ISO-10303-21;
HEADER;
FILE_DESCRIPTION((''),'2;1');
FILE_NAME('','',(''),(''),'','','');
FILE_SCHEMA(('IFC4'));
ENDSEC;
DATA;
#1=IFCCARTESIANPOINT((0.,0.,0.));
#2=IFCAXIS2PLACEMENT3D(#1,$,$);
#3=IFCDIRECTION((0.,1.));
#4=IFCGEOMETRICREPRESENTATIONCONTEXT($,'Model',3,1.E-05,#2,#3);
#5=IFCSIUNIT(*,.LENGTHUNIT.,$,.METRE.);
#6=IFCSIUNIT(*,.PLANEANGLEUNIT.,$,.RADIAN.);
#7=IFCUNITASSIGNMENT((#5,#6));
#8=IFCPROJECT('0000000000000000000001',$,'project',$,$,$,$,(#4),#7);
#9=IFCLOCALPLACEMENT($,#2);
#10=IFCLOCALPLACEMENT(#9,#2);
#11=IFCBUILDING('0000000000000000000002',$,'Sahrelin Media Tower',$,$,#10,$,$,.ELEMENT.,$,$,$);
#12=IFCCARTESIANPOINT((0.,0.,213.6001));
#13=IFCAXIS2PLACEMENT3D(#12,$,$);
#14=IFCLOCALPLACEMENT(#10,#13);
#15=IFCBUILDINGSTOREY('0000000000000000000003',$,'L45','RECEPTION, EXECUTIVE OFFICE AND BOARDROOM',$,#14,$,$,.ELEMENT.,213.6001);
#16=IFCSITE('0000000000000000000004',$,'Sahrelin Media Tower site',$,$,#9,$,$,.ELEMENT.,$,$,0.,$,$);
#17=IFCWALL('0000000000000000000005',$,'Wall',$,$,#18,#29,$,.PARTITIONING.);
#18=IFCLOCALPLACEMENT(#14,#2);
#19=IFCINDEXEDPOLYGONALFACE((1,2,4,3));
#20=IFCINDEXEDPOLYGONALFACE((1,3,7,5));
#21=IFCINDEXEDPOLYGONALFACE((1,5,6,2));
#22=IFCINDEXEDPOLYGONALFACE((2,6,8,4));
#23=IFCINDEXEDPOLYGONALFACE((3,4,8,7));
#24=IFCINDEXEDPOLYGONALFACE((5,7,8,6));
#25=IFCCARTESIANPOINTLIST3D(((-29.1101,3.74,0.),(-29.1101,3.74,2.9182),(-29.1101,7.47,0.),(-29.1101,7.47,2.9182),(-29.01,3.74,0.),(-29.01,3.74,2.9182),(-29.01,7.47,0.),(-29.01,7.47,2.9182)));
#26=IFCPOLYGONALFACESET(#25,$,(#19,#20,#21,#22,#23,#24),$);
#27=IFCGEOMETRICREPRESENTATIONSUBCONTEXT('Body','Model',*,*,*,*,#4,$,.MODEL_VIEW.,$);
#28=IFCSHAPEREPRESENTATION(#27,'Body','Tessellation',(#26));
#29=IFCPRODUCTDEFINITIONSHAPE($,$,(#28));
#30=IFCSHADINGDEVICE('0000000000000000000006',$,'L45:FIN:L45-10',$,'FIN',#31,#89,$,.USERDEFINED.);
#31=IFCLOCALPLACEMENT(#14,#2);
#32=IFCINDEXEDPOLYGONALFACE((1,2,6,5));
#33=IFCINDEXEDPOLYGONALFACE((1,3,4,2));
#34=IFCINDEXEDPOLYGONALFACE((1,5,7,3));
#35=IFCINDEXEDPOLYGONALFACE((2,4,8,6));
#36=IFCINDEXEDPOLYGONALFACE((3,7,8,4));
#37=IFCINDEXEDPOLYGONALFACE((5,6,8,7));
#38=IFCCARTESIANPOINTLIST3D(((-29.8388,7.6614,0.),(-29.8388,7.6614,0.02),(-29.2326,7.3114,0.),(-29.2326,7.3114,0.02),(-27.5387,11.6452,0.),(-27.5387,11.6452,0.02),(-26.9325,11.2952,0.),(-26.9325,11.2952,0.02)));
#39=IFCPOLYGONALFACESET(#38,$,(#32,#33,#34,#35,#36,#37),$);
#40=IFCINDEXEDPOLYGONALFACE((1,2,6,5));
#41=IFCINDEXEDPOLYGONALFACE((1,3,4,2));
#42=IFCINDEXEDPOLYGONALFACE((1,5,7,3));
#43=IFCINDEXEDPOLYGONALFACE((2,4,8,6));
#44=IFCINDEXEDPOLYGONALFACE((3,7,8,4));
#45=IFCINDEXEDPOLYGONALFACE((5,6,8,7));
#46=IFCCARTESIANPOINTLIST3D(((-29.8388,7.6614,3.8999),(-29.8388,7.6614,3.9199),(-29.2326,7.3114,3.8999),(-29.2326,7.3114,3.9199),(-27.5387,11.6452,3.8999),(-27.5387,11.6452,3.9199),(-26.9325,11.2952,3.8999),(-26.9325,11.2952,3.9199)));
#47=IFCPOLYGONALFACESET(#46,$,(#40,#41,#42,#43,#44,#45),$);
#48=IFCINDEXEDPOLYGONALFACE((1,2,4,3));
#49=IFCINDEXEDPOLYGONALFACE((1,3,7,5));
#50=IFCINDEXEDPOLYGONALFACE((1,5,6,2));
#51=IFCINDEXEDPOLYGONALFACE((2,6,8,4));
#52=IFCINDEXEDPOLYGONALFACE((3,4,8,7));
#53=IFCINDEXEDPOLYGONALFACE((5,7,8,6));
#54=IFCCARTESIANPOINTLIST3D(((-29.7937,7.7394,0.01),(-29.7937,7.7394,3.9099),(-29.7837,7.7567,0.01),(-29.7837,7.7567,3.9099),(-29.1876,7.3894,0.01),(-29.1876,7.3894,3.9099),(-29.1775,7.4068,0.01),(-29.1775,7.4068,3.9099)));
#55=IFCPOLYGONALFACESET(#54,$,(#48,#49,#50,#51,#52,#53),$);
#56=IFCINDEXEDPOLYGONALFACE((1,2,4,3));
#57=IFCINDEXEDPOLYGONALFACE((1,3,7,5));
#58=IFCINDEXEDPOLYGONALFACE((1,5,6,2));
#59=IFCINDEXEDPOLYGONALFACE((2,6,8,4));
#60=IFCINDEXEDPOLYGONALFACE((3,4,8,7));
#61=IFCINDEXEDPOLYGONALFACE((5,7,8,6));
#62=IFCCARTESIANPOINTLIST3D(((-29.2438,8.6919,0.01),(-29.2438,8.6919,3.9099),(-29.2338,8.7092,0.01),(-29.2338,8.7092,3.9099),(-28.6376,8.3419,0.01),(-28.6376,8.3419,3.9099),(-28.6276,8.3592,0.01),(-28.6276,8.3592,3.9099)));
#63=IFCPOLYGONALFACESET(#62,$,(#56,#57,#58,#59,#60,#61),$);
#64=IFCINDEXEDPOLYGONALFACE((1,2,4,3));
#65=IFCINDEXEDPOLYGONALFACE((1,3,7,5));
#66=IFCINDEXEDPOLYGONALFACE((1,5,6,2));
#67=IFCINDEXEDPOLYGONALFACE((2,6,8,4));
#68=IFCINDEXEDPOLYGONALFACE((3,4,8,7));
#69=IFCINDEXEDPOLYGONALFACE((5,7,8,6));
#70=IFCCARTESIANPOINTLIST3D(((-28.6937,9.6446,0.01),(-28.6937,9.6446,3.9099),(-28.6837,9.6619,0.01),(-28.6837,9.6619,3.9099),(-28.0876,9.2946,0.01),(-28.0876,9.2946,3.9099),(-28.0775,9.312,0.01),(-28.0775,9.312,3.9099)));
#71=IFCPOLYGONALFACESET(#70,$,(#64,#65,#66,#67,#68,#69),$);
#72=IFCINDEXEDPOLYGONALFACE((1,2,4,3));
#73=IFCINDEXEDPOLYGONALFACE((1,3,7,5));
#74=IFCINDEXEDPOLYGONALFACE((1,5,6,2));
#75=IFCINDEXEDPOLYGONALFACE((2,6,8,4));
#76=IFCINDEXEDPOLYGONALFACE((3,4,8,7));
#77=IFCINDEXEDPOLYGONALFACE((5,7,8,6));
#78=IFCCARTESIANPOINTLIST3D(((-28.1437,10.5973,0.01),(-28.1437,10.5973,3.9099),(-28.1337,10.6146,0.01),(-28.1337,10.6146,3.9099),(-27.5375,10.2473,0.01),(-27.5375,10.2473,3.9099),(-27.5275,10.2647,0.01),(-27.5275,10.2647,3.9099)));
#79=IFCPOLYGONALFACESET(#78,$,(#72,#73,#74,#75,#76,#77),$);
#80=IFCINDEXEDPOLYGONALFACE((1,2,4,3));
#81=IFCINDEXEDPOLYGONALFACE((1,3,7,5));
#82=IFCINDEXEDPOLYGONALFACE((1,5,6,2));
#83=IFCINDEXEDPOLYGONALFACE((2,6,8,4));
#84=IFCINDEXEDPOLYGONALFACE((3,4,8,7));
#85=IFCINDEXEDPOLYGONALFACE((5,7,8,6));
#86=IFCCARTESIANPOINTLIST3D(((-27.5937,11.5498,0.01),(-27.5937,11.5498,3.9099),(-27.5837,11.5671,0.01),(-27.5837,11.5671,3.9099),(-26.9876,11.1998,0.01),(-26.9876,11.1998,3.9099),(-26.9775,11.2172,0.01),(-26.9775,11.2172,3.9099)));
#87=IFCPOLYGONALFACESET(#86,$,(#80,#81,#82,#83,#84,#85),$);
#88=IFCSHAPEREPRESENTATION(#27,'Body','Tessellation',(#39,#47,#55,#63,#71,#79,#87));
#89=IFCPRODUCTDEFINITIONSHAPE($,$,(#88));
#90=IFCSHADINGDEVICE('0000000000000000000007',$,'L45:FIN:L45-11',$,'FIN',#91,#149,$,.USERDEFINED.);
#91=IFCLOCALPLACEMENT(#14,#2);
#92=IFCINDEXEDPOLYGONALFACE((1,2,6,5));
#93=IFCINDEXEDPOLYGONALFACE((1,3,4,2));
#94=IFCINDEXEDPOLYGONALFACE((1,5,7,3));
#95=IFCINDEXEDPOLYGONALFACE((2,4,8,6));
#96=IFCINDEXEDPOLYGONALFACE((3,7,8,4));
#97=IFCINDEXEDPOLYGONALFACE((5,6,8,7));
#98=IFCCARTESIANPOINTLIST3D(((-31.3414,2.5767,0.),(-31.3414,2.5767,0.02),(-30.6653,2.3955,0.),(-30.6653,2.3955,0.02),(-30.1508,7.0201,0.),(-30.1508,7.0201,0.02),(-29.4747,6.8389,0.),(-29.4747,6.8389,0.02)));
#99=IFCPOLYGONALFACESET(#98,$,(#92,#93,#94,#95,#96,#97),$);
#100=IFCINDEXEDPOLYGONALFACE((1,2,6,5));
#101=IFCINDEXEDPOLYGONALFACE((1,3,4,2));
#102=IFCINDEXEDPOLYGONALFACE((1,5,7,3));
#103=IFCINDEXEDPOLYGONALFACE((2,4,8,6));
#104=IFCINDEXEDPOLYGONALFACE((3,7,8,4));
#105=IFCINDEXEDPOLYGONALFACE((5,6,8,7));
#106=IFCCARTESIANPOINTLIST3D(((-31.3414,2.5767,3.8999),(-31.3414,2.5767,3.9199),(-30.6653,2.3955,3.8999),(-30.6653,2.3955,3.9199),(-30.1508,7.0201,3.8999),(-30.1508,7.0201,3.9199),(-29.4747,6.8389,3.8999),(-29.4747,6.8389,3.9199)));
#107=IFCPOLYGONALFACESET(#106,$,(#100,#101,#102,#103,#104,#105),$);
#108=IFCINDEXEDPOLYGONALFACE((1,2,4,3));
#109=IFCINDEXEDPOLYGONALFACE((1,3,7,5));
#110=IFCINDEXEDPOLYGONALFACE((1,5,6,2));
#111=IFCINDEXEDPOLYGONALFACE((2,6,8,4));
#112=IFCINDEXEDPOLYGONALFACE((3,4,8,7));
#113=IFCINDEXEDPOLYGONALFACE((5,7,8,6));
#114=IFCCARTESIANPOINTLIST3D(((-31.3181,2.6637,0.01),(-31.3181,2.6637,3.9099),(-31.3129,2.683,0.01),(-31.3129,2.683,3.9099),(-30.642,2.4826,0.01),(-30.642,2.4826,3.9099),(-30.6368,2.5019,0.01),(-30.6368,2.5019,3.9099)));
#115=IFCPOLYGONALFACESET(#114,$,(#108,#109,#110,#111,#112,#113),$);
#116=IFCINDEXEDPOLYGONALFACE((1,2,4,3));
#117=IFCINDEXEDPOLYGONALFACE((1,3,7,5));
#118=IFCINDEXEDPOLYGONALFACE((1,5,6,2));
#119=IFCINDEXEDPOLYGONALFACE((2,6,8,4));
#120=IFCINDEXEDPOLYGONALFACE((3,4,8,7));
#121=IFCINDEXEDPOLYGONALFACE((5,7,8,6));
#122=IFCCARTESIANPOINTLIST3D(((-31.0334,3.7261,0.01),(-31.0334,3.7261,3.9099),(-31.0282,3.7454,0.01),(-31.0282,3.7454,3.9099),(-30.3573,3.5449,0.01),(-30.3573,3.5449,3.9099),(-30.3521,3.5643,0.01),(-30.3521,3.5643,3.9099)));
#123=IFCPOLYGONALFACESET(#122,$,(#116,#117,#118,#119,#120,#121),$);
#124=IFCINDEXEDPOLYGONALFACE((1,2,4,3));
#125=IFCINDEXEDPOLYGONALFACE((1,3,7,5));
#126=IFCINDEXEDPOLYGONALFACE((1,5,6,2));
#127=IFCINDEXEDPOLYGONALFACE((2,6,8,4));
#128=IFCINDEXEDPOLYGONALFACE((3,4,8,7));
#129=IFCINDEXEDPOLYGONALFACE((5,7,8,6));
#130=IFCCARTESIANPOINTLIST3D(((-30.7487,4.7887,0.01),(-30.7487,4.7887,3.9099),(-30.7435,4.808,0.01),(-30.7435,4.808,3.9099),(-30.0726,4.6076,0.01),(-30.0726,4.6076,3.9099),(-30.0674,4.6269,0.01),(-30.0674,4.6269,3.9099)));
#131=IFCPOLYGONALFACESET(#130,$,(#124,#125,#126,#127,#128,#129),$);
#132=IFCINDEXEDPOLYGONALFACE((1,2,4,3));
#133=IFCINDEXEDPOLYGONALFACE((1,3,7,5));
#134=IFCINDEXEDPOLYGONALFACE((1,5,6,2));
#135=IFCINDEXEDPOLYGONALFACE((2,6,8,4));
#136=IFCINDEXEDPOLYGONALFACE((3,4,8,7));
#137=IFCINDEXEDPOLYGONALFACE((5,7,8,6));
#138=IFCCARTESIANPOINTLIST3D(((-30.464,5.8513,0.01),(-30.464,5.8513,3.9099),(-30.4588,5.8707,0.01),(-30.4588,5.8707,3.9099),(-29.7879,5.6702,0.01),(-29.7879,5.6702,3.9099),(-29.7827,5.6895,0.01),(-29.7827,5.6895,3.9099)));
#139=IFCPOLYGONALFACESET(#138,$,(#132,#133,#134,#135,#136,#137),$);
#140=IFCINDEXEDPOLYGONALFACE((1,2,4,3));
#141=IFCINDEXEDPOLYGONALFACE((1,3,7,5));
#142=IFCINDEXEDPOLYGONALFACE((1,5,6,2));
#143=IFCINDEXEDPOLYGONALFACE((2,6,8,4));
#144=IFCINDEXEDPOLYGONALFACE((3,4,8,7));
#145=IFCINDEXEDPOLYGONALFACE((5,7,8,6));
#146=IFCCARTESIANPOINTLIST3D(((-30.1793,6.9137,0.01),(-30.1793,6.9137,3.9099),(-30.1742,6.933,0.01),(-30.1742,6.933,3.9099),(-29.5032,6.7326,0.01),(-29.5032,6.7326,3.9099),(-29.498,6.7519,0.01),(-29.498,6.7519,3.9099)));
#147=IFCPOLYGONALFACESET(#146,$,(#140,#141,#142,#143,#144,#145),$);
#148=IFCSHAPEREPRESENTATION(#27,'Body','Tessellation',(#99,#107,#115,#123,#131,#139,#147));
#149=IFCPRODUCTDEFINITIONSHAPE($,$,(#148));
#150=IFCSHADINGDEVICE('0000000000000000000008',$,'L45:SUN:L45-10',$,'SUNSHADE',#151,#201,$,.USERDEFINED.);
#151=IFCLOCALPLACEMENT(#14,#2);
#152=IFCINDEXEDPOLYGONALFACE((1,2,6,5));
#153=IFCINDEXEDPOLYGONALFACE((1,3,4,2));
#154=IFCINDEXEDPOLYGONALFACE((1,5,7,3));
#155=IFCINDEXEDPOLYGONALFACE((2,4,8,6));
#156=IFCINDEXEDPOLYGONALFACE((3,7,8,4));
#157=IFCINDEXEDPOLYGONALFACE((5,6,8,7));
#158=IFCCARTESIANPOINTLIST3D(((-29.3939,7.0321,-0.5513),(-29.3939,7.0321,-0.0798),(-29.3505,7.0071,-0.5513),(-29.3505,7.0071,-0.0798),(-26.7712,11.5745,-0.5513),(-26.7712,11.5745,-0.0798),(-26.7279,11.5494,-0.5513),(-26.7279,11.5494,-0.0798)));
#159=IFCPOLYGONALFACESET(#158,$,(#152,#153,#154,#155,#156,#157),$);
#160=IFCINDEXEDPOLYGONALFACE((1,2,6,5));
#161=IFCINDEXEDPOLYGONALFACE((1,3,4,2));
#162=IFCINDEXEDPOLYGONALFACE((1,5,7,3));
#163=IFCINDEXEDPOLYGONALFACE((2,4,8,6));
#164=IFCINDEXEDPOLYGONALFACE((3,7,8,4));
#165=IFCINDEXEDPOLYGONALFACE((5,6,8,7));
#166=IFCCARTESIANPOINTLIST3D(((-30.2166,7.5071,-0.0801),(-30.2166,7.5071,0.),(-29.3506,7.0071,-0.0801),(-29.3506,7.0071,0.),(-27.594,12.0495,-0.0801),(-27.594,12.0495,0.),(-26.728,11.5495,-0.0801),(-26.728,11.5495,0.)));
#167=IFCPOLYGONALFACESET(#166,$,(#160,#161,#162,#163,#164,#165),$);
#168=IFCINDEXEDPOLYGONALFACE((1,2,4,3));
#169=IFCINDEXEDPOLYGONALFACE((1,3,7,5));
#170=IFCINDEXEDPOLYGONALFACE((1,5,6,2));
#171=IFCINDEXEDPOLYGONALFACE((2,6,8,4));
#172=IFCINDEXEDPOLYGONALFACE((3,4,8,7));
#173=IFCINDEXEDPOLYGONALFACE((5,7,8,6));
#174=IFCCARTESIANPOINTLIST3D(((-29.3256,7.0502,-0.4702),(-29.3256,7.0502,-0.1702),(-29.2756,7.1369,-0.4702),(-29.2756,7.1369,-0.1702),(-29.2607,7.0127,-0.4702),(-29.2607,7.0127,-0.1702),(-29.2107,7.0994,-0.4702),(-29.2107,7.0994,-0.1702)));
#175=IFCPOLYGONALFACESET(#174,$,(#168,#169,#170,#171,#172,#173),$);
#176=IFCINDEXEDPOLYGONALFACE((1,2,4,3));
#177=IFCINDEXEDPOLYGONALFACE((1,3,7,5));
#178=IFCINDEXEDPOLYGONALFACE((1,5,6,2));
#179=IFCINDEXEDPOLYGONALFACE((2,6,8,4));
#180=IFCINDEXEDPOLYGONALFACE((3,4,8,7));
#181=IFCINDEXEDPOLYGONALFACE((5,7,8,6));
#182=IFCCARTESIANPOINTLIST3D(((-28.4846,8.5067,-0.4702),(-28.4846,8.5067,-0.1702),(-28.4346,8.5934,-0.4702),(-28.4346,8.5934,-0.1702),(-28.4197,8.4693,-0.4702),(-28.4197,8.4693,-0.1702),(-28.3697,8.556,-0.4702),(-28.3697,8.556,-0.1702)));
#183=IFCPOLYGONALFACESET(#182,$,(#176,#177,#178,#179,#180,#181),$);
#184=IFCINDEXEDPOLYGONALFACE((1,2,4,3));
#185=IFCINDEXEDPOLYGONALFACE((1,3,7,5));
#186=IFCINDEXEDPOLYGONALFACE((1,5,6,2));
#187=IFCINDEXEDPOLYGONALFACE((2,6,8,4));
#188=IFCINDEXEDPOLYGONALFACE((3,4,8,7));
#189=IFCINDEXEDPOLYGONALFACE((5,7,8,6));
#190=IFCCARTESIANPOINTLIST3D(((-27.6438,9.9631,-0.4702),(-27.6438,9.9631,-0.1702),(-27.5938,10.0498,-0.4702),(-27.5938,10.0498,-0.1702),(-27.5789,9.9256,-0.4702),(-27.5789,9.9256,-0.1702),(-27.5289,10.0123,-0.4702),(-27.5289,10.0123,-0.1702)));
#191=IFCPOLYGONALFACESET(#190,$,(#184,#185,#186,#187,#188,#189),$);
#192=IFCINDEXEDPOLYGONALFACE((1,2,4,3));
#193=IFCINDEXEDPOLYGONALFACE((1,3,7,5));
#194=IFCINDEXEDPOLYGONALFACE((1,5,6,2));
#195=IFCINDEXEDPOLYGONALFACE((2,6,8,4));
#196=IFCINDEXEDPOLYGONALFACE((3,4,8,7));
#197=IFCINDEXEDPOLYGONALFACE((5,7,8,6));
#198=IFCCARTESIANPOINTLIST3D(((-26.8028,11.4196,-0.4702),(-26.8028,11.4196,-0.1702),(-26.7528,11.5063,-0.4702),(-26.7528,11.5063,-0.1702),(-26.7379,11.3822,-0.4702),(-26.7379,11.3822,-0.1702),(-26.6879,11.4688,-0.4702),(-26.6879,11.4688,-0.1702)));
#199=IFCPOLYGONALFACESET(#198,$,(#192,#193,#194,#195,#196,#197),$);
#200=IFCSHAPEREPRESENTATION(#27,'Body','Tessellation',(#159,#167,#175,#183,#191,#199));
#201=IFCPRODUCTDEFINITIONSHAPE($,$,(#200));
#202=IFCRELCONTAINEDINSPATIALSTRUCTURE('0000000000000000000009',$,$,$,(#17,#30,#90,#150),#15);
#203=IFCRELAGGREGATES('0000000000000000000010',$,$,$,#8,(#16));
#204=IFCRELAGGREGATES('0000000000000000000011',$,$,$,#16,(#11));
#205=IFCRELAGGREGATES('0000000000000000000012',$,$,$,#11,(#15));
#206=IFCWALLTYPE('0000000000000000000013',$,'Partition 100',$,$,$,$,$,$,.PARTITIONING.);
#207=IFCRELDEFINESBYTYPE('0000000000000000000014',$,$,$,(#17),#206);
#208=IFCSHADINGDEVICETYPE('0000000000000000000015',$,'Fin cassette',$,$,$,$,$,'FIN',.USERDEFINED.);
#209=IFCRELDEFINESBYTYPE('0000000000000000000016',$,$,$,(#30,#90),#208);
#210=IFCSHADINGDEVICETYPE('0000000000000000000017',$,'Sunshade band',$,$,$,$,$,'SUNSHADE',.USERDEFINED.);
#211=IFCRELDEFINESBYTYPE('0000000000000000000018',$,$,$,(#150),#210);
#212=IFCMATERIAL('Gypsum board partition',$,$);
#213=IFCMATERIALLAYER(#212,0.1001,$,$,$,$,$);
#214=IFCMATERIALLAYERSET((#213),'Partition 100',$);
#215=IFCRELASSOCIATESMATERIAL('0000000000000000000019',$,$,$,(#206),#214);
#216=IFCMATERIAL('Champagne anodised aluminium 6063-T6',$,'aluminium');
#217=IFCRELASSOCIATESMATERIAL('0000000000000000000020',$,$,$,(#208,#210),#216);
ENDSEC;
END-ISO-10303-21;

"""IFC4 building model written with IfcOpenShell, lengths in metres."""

from ifc_helpers import new_model, si_unit, direction, frame, frame_2d, origin, origin_2d, place, context, subcontext, project, spatial, rectangle, extrude, material, layer, layer_set, type_object, element, save


model = new_model("IFC4")

# Units and contexts
model_context = context("Model", 3, precision=1e-05, world=origin(), true_north=direction((0.0, 1.0)))
body_context = subcontext(model_context, "Body", "Model", "MODEL_VIEW")
ifc_project = project(units=[si_unit("LENGTHUNIT", "METRE"), si_unit("PLANEANGLEUNIT", "RADIAN")], contexts=[model_context])

# Site, building, storey
site_placement = place(None, origin())
site = spatial("IfcSite", under=ifc_project, at=site_placement, Name="Sahrelin Media Tower site", CompositionType="ELEMENT", RefElevation=0.0)
building_placement = place(site_placement, origin())
building = spatial("IfcBuilding", under=site, at=building_placement, Name="Sahrelin Media Tower", CompositionType="ELEMENT")
storey_placement = place(building_placement, frame((0.0, 0.0, 213.6001)))
storey = spatial("IfcBuildingStorey", under=building, at=storey_placement, Name="L45", Description="RECEPTION, EXECUTIVE OFFICE AND BOARDROOM", CompositionType="ELEMENT", Elevation=213.6001)

# Shared definitions
ifc_material_1 = material(Name="Champagne anodised aluminium 6063-T6", Category="aluminium")

# Wall
ifc_material_2 = material(Name="Gypsum board partition")
ifc_layer_1 = layer(ifc_material_2, 0.1001)
ifc_layer_set_1 = layer_set([ifc_layer_1], Name="Partition 100")
wall_type_1 = type_object("IfcWallType", Name="Partition 100", PredefinedType="PARTITIONING", material=ifc_layer_set_1)
wall_1_placement = place(storey_placement, frame((-29.0601, 3.74, 0.0), z_axis=(0.0, 0.0, 1.0), x_axis=(0.0, 1.0, 0.0)))
element("IfcWall", 1, at=wall_1_placement, inside=storey, type_object=wall_type_1, Name="Wall", PredefinedType="PARTITIONING", context=body_context, shape_type="SweptSolid", body=[
    extrude(rectangle(XDim=3.73, YDim=0.1001, at=frame_2d((1.865, 0.0))), origin(), (0.0, 0.0, 1.0), 2.9182),
])

# Shading devices
shading_device_type_1 = type_object("IfcShadingDeviceType", Name="Fin cassette", ElementType="FIN", PredefinedType="USERDEFINED", material=ifc_material_1)
placement_1 = place(storey_placement, frame((-28.022, 9.2683, 0.0), z_axis=(0.0, 0.0, 1.0), x_axis=(0.500011, 0.866019, 0.0)))
element("IfcShadingDevice", 2, at=placement_1, inside=storey, type_object=shading_device_type_1, Name="L45:FIN:L45-10", ObjectType="FIN", PredefinedType="USERDEFINED", context=body_context, shape_type="SweptSolid", body=[
    extrude(rectangle(XDim=4.6001, YDim=0.7, at=origin_2d()), frame((0.0, 0.4199, 0.0)), (0.0, 0.0, 1.0), 0.02),
    extrude(rectangle(XDim=4.6001, YDim=0.7, at=origin_2d()), frame((0.0, 0.4199, 3.8999)), (0.0, 0.0, 1.0), 0.02),
    extrude(rectangle(XDim=0.02, YDim=0.7, at=origin_2d()), frame((-2.2, 0.4199, 0.01), z_axis=(0.0, 0.0, 1.0), x_axis=(1.0, 0.0, 0.0)), (0.0, 0.0, 1.0), 3.8999),
    extrude(rectangle(XDim=0.02, YDim=0.7, at=origin_2d()), frame((-1.1001, 0.4199, 0.01), z_axis=(0.0, 0.0, 1.0), x_axis=(1.0, 0.0, 0.0)), (0.0, 0.0, 1.0), 3.8999),
    extrude(rectangle(XDim=0.02, YDim=0.7, at=origin_2d()), frame((0.0, 0.4199, 0.01), z_axis=(0.0, 0.0, 1.0), x_axis=(1.0, 0.0, 0.0)), (0.0, 0.0, 1.0), 3.8999),
    extrude(rectangle(XDim=0.02, YDim=0.7, at=origin_2d()), frame((1.1001, 0.4199, 0.01), z_axis=(0.0, 0.0, 1.0), x_axis=(1.0, 0.0, 0.0)), (0.0, 0.0, 1.0), 3.8999),
    extrude(rectangle(XDim=0.02, YDim=0.7, at=origin_2d()), frame((2.2, 0.4199, 0.01), z_axis=(0.0, 0.0, 1.0), x_axis=(1.0, 0.0, 0.0)), (0.0, 0.0, 1.0), 3.8999),
])
placement_2 = place(storey_placement, frame((-30.0024, 4.5991, 0.0), z_axis=(0.0, 0.0, 1.0), x_axis=(0.258808, 0.965929, 0.0)))
element("IfcShadingDevice", 3, at=placement_2, inside=storey, type_object=shading_device_type_1, Name="L45:FIN:L45-11", ObjectType="FIN", PredefinedType="USERDEFINED", context=body_context, shape_type="SweptSolid", body=[
    extrude(rectangle(XDim=4.6001, YDim=0.7, at=origin_2d()), frame((0.0, 0.4199, 0.0)), (0.0, 0.0, 1.0), 0.02),
    extrude(rectangle(XDim=4.6001, YDim=0.7, at=origin_2d()), frame((0.0, 0.4199, 3.8999)), (0.0, 0.0, 1.0), 0.02),
    extrude(rectangle(XDim=0.02, YDim=0.7, at=origin_2d()), frame((-2.2, 0.4199, 0.01), z_axis=(0.0, 0.0, 1.0), x_axis=(1.0, 0.0, 0.0)), (0.0, 0.0, 1.0), 3.8999),
    extrude(rectangle(XDim=0.02, YDim=0.7, at=origin_2d()), frame((-1.1001, 0.4199, 0.01), z_axis=(0.0, 0.0, 1.0), x_axis=(1.0, 0.0, 0.0)), (0.0, 0.0, 1.0), 3.8999),
    extrude(rectangle(XDim=0.02, YDim=0.7, at=origin_2d()), frame((0.0, 0.4199, 0.01), z_axis=(0.0, 0.0, 1.0), x_axis=(1.0, 0.0, 0.0)), (0.0, 0.0, 1.0), 3.8999),
    extrude(rectangle(XDim=0.02, YDim=0.7, at=origin_2d()), frame((1.1001, 0.4199, 0.01), z_axis=(0.0, 0.0, 1.0), x_axis=(1.0, 0.0, 0.0)), (0.0, 0.0, 1.0), 3.8999),
    extrude(rectangle(XDim=0.02, YDim=0.7, at=origin_2d()), frame((2.2, 0.4199, 0.01), z_axis=(0.0, 0.0, 1.0), x_axis=(1.0, 0.0, 0.0)), (0.0, 0.0, 1.0), 3.8999),
])
shading_device_type_2 = type_object("IfcShadingDeviceType", Name="Sunshade band", ElementType="SUNSHADE", PredefinedType="USERDEFINED", material=ifc_material_1)
element("IfcShadingDevice", 4, at=placement_1, inside=storey, type_object=shading_device_type_2, Name="L45:SUN:L45-10", ObjectType="SUNSHADE", PredefinedType="USERDEFINED", context=body_context, shape_type="SweptSolid", body=[
    extrude(rectangle(XDim=5.2451, YDim=0.05, at=origin_2d()), frame((0.0, 0.0449, -0.5513)), (0.0, 0.0, 1.0), 0.4714),
    extrude(rectangle(XDim=5.2451, YDim=1.0, at=origin_2d()), frame((0.0, 0.52, -0.0801)), (0.0, 0.0, 1.0), 0.0801),
    extrude(rectangle(XDim=0.1001, YDim=0.075, at=origin_2d()), frame((-2.5227, -0.0176, -0.4702)), (0.0, 0.0, 1.0), 0.3),
    extrude(rectangle(XDim=0.1001, YDim=0.075, at=origin_2d()), frame((-0.8408, -0.0176, -0.4702)), (0.0, 0.0, 1.0), 0.3),
    extrude(rectangle(XDim=0.1001, YDim=0.075, at=origin_2d()), frame((0.8408, -0.0176, -0.4702)), (0.0, 0.0, 1.0), 0.3),
    extrude(rectangle(XDim=0.1001, YDim=0.075, at=origin_2d()), frame((2.5227, -0.0176, -0.4702)), (0.0, 0.0, 1.0), 0.3),
])

save(model, "model.ifc")
